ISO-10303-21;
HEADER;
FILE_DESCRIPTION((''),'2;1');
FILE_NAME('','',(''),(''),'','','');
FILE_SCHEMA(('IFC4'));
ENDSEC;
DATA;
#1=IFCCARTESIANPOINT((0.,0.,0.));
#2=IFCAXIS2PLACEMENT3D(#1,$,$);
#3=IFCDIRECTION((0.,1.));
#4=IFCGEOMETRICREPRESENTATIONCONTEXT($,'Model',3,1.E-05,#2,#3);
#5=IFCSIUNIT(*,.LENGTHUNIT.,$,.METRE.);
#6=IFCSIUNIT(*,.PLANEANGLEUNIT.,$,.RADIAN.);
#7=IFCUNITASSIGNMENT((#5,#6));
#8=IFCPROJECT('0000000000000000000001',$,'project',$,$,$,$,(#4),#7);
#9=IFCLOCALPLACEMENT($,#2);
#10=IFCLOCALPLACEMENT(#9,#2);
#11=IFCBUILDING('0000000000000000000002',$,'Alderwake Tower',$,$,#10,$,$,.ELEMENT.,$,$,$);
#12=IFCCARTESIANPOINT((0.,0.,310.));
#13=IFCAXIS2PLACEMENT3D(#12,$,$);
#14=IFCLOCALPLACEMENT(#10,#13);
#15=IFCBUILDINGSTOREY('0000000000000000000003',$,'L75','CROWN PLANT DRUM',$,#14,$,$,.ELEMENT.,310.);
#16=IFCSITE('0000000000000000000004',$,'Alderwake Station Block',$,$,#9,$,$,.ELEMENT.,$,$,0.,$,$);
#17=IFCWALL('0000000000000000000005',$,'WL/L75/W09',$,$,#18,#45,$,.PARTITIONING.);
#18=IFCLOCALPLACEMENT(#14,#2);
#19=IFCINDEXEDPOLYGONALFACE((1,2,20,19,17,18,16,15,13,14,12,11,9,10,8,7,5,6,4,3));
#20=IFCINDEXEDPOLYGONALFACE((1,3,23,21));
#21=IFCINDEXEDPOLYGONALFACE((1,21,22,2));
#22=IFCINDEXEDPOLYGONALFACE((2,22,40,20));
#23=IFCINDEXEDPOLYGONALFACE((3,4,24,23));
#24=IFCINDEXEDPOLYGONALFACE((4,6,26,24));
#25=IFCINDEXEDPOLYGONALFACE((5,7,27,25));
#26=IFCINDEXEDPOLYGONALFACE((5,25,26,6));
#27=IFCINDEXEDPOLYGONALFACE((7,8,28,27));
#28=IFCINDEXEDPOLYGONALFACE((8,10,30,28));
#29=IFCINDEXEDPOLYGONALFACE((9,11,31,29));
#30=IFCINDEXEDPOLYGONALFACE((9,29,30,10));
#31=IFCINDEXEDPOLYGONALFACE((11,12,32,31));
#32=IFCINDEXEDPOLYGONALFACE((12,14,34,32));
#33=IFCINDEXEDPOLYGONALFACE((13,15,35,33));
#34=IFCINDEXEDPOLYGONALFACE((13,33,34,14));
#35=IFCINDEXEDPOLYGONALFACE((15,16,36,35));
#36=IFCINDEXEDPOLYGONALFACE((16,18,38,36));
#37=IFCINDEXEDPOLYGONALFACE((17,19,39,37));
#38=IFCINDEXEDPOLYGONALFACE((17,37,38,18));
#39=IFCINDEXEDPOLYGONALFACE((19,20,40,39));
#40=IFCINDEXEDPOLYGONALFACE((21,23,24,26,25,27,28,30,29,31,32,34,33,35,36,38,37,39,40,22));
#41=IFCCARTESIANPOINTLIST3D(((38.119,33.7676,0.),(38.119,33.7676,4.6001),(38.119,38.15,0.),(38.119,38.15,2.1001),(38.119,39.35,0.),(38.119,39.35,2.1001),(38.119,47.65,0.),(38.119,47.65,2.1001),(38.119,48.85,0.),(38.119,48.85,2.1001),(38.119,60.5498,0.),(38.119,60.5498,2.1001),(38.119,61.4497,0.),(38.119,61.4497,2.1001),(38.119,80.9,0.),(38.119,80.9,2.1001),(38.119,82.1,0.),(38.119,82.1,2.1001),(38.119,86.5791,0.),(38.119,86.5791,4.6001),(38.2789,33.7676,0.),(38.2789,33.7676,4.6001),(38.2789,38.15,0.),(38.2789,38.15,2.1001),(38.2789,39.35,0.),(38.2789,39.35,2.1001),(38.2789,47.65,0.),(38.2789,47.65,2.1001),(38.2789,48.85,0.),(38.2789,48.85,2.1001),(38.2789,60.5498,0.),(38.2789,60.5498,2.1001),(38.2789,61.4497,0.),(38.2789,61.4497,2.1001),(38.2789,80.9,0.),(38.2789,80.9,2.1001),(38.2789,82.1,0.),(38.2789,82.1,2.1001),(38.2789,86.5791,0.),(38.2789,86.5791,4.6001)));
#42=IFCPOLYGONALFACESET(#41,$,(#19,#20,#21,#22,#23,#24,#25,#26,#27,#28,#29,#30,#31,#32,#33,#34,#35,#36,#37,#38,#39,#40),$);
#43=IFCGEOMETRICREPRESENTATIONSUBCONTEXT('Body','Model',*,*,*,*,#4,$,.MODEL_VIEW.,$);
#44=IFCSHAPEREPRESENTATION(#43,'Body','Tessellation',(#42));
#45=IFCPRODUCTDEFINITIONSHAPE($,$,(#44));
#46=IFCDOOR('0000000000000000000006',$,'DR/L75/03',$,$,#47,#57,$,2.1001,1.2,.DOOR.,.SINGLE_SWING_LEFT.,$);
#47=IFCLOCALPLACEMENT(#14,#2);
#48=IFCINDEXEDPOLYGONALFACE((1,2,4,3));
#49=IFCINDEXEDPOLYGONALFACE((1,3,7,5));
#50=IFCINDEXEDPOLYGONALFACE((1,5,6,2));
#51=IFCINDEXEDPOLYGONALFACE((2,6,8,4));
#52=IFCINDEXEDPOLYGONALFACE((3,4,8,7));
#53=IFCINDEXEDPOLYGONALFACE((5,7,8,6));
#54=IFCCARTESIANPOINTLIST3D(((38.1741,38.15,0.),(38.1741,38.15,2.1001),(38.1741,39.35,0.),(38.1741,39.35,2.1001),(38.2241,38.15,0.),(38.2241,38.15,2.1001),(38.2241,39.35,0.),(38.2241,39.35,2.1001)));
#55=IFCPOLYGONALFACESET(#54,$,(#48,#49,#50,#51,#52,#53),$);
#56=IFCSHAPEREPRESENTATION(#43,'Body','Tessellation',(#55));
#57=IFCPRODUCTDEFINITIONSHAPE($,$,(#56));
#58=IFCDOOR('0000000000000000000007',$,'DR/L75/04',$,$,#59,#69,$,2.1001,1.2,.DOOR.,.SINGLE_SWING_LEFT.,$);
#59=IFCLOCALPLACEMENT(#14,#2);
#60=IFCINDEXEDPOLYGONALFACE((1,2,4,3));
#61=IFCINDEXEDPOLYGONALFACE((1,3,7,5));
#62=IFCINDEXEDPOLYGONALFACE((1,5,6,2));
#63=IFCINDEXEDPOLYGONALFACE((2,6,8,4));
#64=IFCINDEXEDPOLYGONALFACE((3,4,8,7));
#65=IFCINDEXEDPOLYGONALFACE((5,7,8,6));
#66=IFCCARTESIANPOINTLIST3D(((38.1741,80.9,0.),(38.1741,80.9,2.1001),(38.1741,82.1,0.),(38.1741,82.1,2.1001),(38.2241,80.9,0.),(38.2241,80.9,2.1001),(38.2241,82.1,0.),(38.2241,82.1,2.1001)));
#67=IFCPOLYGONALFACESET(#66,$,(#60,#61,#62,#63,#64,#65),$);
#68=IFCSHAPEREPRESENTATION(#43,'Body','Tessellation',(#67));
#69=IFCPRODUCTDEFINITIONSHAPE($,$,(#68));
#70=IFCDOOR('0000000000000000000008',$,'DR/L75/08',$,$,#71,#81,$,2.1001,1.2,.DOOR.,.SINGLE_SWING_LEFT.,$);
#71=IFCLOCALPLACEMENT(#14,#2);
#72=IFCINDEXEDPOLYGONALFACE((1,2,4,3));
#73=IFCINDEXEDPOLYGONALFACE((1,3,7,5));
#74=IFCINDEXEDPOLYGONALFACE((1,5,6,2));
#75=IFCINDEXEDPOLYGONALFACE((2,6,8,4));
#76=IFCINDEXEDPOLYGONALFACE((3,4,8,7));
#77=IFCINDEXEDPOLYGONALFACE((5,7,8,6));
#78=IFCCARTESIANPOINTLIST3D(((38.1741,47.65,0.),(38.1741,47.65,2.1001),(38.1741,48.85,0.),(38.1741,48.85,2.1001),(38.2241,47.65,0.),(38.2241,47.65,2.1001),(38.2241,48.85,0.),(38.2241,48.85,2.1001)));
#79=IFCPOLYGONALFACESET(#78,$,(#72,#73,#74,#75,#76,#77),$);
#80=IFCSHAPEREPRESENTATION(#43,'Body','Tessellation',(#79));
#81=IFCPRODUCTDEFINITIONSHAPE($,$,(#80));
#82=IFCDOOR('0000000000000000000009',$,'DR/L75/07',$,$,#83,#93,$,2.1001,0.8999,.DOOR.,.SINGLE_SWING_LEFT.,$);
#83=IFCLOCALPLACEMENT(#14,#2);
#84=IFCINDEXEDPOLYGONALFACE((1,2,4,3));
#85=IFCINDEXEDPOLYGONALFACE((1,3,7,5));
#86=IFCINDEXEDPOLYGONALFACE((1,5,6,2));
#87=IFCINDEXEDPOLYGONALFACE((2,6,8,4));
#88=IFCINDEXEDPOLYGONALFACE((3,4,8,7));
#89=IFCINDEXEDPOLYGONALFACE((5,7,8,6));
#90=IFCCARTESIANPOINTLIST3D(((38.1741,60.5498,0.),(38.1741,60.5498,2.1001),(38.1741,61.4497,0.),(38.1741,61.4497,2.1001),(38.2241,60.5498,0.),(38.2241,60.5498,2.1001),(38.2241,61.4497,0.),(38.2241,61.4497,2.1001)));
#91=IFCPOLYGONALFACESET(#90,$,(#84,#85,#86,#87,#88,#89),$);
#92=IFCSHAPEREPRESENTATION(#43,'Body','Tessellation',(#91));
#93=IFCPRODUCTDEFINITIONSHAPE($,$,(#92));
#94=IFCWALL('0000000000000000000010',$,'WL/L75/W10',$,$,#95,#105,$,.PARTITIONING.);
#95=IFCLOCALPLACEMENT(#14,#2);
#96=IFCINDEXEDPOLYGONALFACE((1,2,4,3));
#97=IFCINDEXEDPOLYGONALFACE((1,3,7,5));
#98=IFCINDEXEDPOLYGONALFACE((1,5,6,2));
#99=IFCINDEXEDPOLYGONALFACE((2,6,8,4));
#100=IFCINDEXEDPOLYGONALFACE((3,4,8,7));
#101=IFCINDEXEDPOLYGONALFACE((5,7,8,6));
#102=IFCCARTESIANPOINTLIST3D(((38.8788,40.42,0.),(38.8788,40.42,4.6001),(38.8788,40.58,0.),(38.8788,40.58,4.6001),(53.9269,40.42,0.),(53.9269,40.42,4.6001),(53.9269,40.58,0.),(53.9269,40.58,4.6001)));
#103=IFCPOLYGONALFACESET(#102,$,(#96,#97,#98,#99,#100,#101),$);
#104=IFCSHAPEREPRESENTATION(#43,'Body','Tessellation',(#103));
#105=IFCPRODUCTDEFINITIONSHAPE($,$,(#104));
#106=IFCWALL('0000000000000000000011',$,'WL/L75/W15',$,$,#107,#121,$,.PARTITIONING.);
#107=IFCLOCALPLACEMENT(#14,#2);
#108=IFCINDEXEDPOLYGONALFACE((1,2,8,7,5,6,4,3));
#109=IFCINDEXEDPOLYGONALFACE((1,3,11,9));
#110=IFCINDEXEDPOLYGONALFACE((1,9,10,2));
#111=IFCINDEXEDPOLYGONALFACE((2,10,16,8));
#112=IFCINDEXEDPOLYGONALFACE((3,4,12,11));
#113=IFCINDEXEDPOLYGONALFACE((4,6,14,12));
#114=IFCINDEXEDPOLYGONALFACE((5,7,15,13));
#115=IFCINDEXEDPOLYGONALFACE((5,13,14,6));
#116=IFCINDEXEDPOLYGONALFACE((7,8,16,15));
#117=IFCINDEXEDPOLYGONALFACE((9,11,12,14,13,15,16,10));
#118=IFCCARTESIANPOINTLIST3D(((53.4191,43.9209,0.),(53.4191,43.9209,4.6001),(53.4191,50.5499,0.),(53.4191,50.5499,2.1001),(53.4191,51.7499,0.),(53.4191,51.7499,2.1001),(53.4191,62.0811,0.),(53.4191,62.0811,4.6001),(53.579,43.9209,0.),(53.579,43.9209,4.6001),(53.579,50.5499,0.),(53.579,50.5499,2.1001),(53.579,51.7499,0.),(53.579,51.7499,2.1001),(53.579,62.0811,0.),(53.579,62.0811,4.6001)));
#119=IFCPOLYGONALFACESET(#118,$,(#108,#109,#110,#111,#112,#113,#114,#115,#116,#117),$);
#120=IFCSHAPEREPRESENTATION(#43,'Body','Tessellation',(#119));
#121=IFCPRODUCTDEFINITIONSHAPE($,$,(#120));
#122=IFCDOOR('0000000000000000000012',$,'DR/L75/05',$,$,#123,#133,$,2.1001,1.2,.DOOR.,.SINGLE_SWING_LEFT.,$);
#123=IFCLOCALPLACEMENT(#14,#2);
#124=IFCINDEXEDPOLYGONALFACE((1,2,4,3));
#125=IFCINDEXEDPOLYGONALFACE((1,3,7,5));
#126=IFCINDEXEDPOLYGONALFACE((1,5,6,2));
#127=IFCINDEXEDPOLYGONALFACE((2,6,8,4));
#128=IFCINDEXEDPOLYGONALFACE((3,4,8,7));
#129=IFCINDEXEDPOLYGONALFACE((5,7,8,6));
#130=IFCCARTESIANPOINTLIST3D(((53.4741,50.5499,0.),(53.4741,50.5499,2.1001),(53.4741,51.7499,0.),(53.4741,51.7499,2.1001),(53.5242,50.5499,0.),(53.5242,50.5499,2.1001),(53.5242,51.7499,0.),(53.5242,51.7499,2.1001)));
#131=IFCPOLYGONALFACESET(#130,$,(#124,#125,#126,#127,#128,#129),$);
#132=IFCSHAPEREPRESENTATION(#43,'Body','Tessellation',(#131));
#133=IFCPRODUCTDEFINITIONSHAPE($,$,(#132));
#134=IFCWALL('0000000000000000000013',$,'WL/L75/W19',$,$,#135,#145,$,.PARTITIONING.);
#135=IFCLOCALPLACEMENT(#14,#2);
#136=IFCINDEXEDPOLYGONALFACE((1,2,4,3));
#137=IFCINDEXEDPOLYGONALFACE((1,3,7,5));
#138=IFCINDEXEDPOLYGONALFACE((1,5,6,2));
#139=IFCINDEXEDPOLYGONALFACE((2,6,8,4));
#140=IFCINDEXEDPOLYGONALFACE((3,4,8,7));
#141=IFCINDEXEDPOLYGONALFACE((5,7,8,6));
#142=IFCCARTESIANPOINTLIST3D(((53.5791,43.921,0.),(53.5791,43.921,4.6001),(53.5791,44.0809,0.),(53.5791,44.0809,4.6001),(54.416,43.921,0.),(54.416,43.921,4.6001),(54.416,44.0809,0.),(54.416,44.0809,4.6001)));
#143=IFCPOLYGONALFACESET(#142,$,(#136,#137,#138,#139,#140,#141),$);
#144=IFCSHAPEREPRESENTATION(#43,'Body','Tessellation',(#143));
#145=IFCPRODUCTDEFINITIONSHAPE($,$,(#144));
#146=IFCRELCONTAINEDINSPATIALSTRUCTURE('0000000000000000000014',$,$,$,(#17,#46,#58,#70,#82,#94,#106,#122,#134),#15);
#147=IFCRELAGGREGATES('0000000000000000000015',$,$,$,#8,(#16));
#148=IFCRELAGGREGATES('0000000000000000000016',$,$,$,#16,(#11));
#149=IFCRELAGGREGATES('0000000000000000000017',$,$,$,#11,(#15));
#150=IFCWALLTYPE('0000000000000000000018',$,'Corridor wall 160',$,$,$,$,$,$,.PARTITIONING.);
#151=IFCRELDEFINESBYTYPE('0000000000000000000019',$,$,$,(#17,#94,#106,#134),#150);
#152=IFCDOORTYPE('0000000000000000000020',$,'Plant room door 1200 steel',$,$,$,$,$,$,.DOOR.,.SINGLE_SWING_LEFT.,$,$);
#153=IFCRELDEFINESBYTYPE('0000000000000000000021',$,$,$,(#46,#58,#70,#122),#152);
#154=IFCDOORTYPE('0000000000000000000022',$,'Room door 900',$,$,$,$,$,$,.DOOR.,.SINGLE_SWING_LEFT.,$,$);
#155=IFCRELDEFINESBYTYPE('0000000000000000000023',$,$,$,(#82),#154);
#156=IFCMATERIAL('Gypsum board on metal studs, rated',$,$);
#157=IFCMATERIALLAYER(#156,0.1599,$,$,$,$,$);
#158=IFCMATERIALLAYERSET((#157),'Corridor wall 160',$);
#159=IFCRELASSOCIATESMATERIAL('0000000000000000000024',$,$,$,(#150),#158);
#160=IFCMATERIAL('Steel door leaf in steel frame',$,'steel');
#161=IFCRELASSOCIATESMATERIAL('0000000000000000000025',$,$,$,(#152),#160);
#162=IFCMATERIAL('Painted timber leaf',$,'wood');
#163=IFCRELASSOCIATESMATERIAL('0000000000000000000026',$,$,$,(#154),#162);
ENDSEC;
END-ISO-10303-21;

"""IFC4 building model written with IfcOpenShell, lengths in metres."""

from ifc_helpers import new_model, si_unit, direction, frame, frame_2d, origin, place, context, subcontext, project, spatial, rectangle, extrude, material, layer, layer_set, type_object, element, fill, save


model = new_model("IFC4")

# Units and contexts
model_context = context("Model", 3, precision=1e-05, world=origin(), true_north=direction((0.0, 1.0)))
body_context = subcontext(model_context, "Body", "Model", "MODEL_VIEW")
ifc_project = project(units=[si_unit("LENGTHUNIT", "METRE"), si_unit("PLANEANGLEUNIT", "RADIAN")], contexts=[model_context])

# Site, building, storey
site_placement = place(None, origin())
site = spatial("IfcSite", under=ifc_project, at=site_placement, Name="Alderwake Station Block", CompositionType="ELEMENT", RefElevation=0.0)
building_placement = place(site_placement, origin())
building = spatial("IfcBuilding", under=site, at=building_placement, Name="Alderwake Tower", CompositionType="ELEMENT")
storey_placement = place(building_placement, frame((0.0, 0.0, 310.0)))
storey = spatial("IfcBuildingStorey", under=building, at=storey_placement, Name="L75", Description="CROWN PLANT DRUM", CompositionType="ELEMENT", Elevation=310.0)

# Shared definitions
ifc_material_1 = material(Name="Gypsum board on metal studs, rated")
ifc_layer_1 = layer(ifc_material_1, 0.1599)
ifc_layer_set_1 = layer_set([ifc_layer_1], Name="Corridor wall 160")
wall_type_1 = type_object("IfcWallType", Name="Corridor wall 160", PredefinedType="PARTITIONING", material=ifc_layer_set_1)

# Wall, openings, doors
wall_1_placement = place(storey_placement, frame((38.199, 33.7676, 0.0), z_axis=(0.0, 0.0, 1.0), x_axis=(0.0, 1.0, 0.0)))
wall_1 = element("IfcWall", 1, at=wall_1_placement, inside=storey, type_object=wall_type_1, Name="WL/L75/W09", PredefinedType="PARTITIONING", context=body_context, shape_type="SweptSolid", body=[
    extrude(rectangle(XDim=52.8115, YDim=0.1599, at=frame_2d((26.4058, 0.0))), origin(), (0.0, 0.0, 1.0), 4.6001),
])
opening_1_placement = place(wall_1_placement, frame((4.3823, 0.0, 0.0)))
opening_1 = element("IfcOpeningElement", 2, at=opening_1_placement, cuts=wall_1, PredefinedType="OPENING", context=body_context, shape_type="SweptSolid", body=[
    extrude(rectangle(XDim=1.2, YDim=2.1001, at=frame_2d((0.6001, 1.05))), frame((0.0, 0.0898, 0.0), z_axis=(0.0, -1.0, 0.0), x_axis=(1.0, 0.0, 0.0)), (0.0, 0.0, 1.0), 0.1799),
])
opening_2_placement = place(wall_1_placement, frame((47.1323, 0.0, 0.0)))
opening_2 = element("IfcOpeningElement", 3, at=opening_2_placement, cuts=wall_1, PredefinedType="OPENING", context=body_context, shape_type="SweptSolid", body=[
    extrude(rectangle(XDim=1.2, YDim=2.1001, at=frame_2d((0.6001, 1.05))), frame((0.0, 0.0898, 0.0), z_axis=(0.0, -1.0, 0.0), x_axis=(1.0, 0.0, 0.0)), (0.0, 0.0, 1.0), 0.1799),
])
opening_3_placement = place(wall_1_placement, frame((26.7822, 0.0, 0.0)))
opening_3 = element("IfcOpeningElement", 4, at=opening_3_placement, cuts=wall_1, PredefinedType="OPENING", context=body_context, shape_type="SweptSolid", body=[
    extrude(rectangle(XDim=0.8999, YDim=2.1001, at=frame_2d((0.45, 1.05))), frame((0.0, 0.0898, 0.0), z_axis=(0.0, -1.0, 0.0), x_axis=(1.0, 0.0, 0.0)), (0.0, 0.0, 1.0), 0.1799),
])
opening_4_placement = place(wall_1_placement, frame((13.8823, 0.0, 0.0)))
opening_4 = element("IfcOpeningElement", 5, at=opening_4_placement, cuts=wall_1, PredefinedType="OPENING", context=body_context, shape_type="SweptSolid", body=[
    extrude(rectangle(XDim=1.2, YDim=2.1001, at=frame_2d((0.6001, 1.05))), frame((0.0, 0.0898, 0.0), z_axis=(0.0, -1.0, 0.0), x_axis=(1.0, 0.0, 0.0)), (0.0, 0.0, 1.0), 0.1799),
])
ifc_material_2 = material(Name="Steel door leaf in steel frame", Category="steel")
door_type_1 = type_object("IfcDoorType", Name="Plant room door 1200 steel", OperationType="SINGLE_SWING_LEFT", PredefinedType="DOOR", material=ifc_material_2)
door_1_placement = place(opening_1_placement, origin())
door_1 = element("IfcDoor", 6, at=door_1_placement, inside=storey, type_object=door_type_1, Name="DR/L75/03", OperationType="SINGLE_SWING_LEFT", OverallHeight=2.1001, OverallWidth=1.2, PredefinedType="DOOR", context=body_context, shape_type="SweptSolid", body=[
    extrude(rectangle(XDim=1.2, YDim=2.1001, at=frame_2d((0.6001, 1.05))), frame((0.0, 0.0249, 0.0), z_axis=(0.0, -1.0, 0.0), x_axis=(1.0, 0.0, 0.0)), (0.0, 0.0, 1.0), 0.05),
])
fill(opening_1, door_1)
door_2_placement = place(opening_2_placement, origin())
door_2 = element("IfcDoor", 7, at=door_2_placement, inside=storey, type_object=door_type_1, Name="DR/L75/04", OperationType="SINGLE_SWING_LEFT", OverallHeight=2.1001, OverallWidth=1.2, PredefinedType="DOOR", context=body_context, shape_type="SweptSolid", body=[
    extrude(rectangle(XDim=1.2, YDim=2.1001, at=frame_2d((0.6001, 1.05))), frame((0.0, 0.0249, 0.0), z_axis=(0.0, -1.0, 0.0), x_axis=(1.0, 0.0, 0.0)), (0.0, 0.0, 1.0), 0.05),
])
fill(opening_2, door_2)
door_3_placement = place(opening_4_placement, origin())
door_3 = element("IfcDoor", 8, at=door_3_placement, inside=storey, type_object=door_type_1, Name="DR/L75/08", OperationType="SINGLE_SWING_LEFT", OverallHeight=2.1001, OverallWidth=1.2, PredefinedType="DOOR", context=body_context, shape_type="SweptSolid", body=[
    extrude(rectangle(XDim=1.2, YDim=2.1001, at=frame_2d((0.6001, 1.05))), frame((0.0, 0.0249, 0.0), z_axis=(0.0, -1.0, 0.0), x_axis=(1.0, 0.0, 0.0)), (0.0, 0.0, 1.0), 0.05),
])
fill(opening_4, door_3)
ifc_material_3 = material(Name="Painted timber leaf", Category="wood")
door_type_2 = type_object("IfcDoorType", Name="Room door 900", OperationType="SINGLE_SWING_LEFT", PredefinedType="DOOR", material=ifc_material_3)
door_4_placement = place(opening_3_placement, origin())
door_4 = element("IfcDoor", 9, at=door_4_placement, inside=storey, type_object=door_type_2, Name="DR/L75/07", OperationType="SINGLE_SWING_LEFT", OverallHeight=2.1001, OverallWidth=0.8999, PredefinedType="DOOR", context=body_context, shape_type="SweptSolid", body=[
    extrude(rectangle(XDim=0.8999, YDim=2.1001, at=frame_2d((0.45, 1.05))), frame((0.0, 0.0249, 0.0), z_axis=(0.0, -1.0, 0.0), x_axis=(1.0, 0.0, 0.0)), (0.0, 0.0, 1.0), 0.05),
])
fill(opening_3, door_4)

# Wall
wall_2_placement = place(storey_placement, frame((38.8789, 40.5, 0.0), z_axis=(0.0, 0.0, 1.0), x_axis=(1.0, 0.0, 0.0)))
element("IfcWall", 10, at=wall_2_placement, inside=storey, type_object=wall_type_1, Name="WL/L75/W10", PredefinedType="PARTITIONING", context=body_context, shape_type="SweptSolid", body=[
    extrude(rectangle(XDim=15.0481, YDim=0.1599, at=frame_2d((7.5239, 0.0))), origin(), (0.0, 0.0, 1.0), 4.6001),
])

# Wall, opening, door
wall_3_placement = place(storey_placement, frame((53.499, 43.9209, 0.0), z_axis=(0.0, 0.0, 1.0), x_axis=(0.0, 1.0, 0.0)))
wall_3 = element("IfcWall", 11, at=wall_3_placement, inside=storey, type_object=wall_type_1, Name="WL/L75/W15", PredefinedType="PARTITIONING", context=body_context, shape_type="SweptSolid", body=[
    extrude(rectangle(XDim=18.1602, YDim=0.1599, at=frame_2d((9.0801, 0.0))), origin(), (0.0, 0.0, 1.0), 4.6001),
])
opening_5_placement = place(wall_3_placement, frame((6.6289, 0.0, 0.0)))
opening_5 = element("IfcOpeningElement", 12, at=opening_5_placement, cuts=wall_3, PredefinedType="OPENING", context=body_context, shape_type="SweptSolid", body=[
    extrude(rectangle(XDim=1.2, YDim=2.1001, at=frame_2d((0.6001, 1.05))), frame((0.0, 0.0898, 0.0), z_axis=(0.0, -1.0, 0.0), x_axis=(1.0, 0.0, 0.0)), (0.0, 0.0, 1.0), 0.1799),
])
door_5_placement = place(opening_5_placement, origin())
door_5 = element("IfcDoor", 13, at=door_5_placement, inside=storey, type_object=door_type_1, Name="DR/L75/05", OperationType="SINGLE_SWING_LEFT", OverallHeight=2.1001, OverallWidth=1.2, PredefinedType="DOOR", context=body_context, shape_type="SweptSolid", body=[
    extrude(rectangle(XDim=1.2, YDim=2.1001, at=frame_2d((0.6001, 1.05))), frame((0.0, 0.0249, 0.0), z_axis=(0.0, -1.0, 0.0), x_axis=(1.0, 0.0, 0.0)), (0.0, 0.0, 1.0), 0.05),
])
fill(opening_5, door_5)

# Wall
wall_4_placement = place(storey_placement, frame((54.416, 44.001, 0.0), z_axis=(0.0, 0.0, 1.0), x_axis=(-1.0, 0.0, 0.0)))
element("IfcWall", 14, at=wall_4_placement, inside=storey, type_object=wall_type_1, Name="WL/L75/W19", PredefinedType="PARTITIONING", context=body_context, shape_type="SweptSolid", body=[
    extrude(rectangle(XDim=0.8369, YDim=0.1599, at=frame_2d((0.4185, 0.0))), origin(), (0.0, 0.0, 1.0), 4.6001),
])

save(model, "model.ifc")
